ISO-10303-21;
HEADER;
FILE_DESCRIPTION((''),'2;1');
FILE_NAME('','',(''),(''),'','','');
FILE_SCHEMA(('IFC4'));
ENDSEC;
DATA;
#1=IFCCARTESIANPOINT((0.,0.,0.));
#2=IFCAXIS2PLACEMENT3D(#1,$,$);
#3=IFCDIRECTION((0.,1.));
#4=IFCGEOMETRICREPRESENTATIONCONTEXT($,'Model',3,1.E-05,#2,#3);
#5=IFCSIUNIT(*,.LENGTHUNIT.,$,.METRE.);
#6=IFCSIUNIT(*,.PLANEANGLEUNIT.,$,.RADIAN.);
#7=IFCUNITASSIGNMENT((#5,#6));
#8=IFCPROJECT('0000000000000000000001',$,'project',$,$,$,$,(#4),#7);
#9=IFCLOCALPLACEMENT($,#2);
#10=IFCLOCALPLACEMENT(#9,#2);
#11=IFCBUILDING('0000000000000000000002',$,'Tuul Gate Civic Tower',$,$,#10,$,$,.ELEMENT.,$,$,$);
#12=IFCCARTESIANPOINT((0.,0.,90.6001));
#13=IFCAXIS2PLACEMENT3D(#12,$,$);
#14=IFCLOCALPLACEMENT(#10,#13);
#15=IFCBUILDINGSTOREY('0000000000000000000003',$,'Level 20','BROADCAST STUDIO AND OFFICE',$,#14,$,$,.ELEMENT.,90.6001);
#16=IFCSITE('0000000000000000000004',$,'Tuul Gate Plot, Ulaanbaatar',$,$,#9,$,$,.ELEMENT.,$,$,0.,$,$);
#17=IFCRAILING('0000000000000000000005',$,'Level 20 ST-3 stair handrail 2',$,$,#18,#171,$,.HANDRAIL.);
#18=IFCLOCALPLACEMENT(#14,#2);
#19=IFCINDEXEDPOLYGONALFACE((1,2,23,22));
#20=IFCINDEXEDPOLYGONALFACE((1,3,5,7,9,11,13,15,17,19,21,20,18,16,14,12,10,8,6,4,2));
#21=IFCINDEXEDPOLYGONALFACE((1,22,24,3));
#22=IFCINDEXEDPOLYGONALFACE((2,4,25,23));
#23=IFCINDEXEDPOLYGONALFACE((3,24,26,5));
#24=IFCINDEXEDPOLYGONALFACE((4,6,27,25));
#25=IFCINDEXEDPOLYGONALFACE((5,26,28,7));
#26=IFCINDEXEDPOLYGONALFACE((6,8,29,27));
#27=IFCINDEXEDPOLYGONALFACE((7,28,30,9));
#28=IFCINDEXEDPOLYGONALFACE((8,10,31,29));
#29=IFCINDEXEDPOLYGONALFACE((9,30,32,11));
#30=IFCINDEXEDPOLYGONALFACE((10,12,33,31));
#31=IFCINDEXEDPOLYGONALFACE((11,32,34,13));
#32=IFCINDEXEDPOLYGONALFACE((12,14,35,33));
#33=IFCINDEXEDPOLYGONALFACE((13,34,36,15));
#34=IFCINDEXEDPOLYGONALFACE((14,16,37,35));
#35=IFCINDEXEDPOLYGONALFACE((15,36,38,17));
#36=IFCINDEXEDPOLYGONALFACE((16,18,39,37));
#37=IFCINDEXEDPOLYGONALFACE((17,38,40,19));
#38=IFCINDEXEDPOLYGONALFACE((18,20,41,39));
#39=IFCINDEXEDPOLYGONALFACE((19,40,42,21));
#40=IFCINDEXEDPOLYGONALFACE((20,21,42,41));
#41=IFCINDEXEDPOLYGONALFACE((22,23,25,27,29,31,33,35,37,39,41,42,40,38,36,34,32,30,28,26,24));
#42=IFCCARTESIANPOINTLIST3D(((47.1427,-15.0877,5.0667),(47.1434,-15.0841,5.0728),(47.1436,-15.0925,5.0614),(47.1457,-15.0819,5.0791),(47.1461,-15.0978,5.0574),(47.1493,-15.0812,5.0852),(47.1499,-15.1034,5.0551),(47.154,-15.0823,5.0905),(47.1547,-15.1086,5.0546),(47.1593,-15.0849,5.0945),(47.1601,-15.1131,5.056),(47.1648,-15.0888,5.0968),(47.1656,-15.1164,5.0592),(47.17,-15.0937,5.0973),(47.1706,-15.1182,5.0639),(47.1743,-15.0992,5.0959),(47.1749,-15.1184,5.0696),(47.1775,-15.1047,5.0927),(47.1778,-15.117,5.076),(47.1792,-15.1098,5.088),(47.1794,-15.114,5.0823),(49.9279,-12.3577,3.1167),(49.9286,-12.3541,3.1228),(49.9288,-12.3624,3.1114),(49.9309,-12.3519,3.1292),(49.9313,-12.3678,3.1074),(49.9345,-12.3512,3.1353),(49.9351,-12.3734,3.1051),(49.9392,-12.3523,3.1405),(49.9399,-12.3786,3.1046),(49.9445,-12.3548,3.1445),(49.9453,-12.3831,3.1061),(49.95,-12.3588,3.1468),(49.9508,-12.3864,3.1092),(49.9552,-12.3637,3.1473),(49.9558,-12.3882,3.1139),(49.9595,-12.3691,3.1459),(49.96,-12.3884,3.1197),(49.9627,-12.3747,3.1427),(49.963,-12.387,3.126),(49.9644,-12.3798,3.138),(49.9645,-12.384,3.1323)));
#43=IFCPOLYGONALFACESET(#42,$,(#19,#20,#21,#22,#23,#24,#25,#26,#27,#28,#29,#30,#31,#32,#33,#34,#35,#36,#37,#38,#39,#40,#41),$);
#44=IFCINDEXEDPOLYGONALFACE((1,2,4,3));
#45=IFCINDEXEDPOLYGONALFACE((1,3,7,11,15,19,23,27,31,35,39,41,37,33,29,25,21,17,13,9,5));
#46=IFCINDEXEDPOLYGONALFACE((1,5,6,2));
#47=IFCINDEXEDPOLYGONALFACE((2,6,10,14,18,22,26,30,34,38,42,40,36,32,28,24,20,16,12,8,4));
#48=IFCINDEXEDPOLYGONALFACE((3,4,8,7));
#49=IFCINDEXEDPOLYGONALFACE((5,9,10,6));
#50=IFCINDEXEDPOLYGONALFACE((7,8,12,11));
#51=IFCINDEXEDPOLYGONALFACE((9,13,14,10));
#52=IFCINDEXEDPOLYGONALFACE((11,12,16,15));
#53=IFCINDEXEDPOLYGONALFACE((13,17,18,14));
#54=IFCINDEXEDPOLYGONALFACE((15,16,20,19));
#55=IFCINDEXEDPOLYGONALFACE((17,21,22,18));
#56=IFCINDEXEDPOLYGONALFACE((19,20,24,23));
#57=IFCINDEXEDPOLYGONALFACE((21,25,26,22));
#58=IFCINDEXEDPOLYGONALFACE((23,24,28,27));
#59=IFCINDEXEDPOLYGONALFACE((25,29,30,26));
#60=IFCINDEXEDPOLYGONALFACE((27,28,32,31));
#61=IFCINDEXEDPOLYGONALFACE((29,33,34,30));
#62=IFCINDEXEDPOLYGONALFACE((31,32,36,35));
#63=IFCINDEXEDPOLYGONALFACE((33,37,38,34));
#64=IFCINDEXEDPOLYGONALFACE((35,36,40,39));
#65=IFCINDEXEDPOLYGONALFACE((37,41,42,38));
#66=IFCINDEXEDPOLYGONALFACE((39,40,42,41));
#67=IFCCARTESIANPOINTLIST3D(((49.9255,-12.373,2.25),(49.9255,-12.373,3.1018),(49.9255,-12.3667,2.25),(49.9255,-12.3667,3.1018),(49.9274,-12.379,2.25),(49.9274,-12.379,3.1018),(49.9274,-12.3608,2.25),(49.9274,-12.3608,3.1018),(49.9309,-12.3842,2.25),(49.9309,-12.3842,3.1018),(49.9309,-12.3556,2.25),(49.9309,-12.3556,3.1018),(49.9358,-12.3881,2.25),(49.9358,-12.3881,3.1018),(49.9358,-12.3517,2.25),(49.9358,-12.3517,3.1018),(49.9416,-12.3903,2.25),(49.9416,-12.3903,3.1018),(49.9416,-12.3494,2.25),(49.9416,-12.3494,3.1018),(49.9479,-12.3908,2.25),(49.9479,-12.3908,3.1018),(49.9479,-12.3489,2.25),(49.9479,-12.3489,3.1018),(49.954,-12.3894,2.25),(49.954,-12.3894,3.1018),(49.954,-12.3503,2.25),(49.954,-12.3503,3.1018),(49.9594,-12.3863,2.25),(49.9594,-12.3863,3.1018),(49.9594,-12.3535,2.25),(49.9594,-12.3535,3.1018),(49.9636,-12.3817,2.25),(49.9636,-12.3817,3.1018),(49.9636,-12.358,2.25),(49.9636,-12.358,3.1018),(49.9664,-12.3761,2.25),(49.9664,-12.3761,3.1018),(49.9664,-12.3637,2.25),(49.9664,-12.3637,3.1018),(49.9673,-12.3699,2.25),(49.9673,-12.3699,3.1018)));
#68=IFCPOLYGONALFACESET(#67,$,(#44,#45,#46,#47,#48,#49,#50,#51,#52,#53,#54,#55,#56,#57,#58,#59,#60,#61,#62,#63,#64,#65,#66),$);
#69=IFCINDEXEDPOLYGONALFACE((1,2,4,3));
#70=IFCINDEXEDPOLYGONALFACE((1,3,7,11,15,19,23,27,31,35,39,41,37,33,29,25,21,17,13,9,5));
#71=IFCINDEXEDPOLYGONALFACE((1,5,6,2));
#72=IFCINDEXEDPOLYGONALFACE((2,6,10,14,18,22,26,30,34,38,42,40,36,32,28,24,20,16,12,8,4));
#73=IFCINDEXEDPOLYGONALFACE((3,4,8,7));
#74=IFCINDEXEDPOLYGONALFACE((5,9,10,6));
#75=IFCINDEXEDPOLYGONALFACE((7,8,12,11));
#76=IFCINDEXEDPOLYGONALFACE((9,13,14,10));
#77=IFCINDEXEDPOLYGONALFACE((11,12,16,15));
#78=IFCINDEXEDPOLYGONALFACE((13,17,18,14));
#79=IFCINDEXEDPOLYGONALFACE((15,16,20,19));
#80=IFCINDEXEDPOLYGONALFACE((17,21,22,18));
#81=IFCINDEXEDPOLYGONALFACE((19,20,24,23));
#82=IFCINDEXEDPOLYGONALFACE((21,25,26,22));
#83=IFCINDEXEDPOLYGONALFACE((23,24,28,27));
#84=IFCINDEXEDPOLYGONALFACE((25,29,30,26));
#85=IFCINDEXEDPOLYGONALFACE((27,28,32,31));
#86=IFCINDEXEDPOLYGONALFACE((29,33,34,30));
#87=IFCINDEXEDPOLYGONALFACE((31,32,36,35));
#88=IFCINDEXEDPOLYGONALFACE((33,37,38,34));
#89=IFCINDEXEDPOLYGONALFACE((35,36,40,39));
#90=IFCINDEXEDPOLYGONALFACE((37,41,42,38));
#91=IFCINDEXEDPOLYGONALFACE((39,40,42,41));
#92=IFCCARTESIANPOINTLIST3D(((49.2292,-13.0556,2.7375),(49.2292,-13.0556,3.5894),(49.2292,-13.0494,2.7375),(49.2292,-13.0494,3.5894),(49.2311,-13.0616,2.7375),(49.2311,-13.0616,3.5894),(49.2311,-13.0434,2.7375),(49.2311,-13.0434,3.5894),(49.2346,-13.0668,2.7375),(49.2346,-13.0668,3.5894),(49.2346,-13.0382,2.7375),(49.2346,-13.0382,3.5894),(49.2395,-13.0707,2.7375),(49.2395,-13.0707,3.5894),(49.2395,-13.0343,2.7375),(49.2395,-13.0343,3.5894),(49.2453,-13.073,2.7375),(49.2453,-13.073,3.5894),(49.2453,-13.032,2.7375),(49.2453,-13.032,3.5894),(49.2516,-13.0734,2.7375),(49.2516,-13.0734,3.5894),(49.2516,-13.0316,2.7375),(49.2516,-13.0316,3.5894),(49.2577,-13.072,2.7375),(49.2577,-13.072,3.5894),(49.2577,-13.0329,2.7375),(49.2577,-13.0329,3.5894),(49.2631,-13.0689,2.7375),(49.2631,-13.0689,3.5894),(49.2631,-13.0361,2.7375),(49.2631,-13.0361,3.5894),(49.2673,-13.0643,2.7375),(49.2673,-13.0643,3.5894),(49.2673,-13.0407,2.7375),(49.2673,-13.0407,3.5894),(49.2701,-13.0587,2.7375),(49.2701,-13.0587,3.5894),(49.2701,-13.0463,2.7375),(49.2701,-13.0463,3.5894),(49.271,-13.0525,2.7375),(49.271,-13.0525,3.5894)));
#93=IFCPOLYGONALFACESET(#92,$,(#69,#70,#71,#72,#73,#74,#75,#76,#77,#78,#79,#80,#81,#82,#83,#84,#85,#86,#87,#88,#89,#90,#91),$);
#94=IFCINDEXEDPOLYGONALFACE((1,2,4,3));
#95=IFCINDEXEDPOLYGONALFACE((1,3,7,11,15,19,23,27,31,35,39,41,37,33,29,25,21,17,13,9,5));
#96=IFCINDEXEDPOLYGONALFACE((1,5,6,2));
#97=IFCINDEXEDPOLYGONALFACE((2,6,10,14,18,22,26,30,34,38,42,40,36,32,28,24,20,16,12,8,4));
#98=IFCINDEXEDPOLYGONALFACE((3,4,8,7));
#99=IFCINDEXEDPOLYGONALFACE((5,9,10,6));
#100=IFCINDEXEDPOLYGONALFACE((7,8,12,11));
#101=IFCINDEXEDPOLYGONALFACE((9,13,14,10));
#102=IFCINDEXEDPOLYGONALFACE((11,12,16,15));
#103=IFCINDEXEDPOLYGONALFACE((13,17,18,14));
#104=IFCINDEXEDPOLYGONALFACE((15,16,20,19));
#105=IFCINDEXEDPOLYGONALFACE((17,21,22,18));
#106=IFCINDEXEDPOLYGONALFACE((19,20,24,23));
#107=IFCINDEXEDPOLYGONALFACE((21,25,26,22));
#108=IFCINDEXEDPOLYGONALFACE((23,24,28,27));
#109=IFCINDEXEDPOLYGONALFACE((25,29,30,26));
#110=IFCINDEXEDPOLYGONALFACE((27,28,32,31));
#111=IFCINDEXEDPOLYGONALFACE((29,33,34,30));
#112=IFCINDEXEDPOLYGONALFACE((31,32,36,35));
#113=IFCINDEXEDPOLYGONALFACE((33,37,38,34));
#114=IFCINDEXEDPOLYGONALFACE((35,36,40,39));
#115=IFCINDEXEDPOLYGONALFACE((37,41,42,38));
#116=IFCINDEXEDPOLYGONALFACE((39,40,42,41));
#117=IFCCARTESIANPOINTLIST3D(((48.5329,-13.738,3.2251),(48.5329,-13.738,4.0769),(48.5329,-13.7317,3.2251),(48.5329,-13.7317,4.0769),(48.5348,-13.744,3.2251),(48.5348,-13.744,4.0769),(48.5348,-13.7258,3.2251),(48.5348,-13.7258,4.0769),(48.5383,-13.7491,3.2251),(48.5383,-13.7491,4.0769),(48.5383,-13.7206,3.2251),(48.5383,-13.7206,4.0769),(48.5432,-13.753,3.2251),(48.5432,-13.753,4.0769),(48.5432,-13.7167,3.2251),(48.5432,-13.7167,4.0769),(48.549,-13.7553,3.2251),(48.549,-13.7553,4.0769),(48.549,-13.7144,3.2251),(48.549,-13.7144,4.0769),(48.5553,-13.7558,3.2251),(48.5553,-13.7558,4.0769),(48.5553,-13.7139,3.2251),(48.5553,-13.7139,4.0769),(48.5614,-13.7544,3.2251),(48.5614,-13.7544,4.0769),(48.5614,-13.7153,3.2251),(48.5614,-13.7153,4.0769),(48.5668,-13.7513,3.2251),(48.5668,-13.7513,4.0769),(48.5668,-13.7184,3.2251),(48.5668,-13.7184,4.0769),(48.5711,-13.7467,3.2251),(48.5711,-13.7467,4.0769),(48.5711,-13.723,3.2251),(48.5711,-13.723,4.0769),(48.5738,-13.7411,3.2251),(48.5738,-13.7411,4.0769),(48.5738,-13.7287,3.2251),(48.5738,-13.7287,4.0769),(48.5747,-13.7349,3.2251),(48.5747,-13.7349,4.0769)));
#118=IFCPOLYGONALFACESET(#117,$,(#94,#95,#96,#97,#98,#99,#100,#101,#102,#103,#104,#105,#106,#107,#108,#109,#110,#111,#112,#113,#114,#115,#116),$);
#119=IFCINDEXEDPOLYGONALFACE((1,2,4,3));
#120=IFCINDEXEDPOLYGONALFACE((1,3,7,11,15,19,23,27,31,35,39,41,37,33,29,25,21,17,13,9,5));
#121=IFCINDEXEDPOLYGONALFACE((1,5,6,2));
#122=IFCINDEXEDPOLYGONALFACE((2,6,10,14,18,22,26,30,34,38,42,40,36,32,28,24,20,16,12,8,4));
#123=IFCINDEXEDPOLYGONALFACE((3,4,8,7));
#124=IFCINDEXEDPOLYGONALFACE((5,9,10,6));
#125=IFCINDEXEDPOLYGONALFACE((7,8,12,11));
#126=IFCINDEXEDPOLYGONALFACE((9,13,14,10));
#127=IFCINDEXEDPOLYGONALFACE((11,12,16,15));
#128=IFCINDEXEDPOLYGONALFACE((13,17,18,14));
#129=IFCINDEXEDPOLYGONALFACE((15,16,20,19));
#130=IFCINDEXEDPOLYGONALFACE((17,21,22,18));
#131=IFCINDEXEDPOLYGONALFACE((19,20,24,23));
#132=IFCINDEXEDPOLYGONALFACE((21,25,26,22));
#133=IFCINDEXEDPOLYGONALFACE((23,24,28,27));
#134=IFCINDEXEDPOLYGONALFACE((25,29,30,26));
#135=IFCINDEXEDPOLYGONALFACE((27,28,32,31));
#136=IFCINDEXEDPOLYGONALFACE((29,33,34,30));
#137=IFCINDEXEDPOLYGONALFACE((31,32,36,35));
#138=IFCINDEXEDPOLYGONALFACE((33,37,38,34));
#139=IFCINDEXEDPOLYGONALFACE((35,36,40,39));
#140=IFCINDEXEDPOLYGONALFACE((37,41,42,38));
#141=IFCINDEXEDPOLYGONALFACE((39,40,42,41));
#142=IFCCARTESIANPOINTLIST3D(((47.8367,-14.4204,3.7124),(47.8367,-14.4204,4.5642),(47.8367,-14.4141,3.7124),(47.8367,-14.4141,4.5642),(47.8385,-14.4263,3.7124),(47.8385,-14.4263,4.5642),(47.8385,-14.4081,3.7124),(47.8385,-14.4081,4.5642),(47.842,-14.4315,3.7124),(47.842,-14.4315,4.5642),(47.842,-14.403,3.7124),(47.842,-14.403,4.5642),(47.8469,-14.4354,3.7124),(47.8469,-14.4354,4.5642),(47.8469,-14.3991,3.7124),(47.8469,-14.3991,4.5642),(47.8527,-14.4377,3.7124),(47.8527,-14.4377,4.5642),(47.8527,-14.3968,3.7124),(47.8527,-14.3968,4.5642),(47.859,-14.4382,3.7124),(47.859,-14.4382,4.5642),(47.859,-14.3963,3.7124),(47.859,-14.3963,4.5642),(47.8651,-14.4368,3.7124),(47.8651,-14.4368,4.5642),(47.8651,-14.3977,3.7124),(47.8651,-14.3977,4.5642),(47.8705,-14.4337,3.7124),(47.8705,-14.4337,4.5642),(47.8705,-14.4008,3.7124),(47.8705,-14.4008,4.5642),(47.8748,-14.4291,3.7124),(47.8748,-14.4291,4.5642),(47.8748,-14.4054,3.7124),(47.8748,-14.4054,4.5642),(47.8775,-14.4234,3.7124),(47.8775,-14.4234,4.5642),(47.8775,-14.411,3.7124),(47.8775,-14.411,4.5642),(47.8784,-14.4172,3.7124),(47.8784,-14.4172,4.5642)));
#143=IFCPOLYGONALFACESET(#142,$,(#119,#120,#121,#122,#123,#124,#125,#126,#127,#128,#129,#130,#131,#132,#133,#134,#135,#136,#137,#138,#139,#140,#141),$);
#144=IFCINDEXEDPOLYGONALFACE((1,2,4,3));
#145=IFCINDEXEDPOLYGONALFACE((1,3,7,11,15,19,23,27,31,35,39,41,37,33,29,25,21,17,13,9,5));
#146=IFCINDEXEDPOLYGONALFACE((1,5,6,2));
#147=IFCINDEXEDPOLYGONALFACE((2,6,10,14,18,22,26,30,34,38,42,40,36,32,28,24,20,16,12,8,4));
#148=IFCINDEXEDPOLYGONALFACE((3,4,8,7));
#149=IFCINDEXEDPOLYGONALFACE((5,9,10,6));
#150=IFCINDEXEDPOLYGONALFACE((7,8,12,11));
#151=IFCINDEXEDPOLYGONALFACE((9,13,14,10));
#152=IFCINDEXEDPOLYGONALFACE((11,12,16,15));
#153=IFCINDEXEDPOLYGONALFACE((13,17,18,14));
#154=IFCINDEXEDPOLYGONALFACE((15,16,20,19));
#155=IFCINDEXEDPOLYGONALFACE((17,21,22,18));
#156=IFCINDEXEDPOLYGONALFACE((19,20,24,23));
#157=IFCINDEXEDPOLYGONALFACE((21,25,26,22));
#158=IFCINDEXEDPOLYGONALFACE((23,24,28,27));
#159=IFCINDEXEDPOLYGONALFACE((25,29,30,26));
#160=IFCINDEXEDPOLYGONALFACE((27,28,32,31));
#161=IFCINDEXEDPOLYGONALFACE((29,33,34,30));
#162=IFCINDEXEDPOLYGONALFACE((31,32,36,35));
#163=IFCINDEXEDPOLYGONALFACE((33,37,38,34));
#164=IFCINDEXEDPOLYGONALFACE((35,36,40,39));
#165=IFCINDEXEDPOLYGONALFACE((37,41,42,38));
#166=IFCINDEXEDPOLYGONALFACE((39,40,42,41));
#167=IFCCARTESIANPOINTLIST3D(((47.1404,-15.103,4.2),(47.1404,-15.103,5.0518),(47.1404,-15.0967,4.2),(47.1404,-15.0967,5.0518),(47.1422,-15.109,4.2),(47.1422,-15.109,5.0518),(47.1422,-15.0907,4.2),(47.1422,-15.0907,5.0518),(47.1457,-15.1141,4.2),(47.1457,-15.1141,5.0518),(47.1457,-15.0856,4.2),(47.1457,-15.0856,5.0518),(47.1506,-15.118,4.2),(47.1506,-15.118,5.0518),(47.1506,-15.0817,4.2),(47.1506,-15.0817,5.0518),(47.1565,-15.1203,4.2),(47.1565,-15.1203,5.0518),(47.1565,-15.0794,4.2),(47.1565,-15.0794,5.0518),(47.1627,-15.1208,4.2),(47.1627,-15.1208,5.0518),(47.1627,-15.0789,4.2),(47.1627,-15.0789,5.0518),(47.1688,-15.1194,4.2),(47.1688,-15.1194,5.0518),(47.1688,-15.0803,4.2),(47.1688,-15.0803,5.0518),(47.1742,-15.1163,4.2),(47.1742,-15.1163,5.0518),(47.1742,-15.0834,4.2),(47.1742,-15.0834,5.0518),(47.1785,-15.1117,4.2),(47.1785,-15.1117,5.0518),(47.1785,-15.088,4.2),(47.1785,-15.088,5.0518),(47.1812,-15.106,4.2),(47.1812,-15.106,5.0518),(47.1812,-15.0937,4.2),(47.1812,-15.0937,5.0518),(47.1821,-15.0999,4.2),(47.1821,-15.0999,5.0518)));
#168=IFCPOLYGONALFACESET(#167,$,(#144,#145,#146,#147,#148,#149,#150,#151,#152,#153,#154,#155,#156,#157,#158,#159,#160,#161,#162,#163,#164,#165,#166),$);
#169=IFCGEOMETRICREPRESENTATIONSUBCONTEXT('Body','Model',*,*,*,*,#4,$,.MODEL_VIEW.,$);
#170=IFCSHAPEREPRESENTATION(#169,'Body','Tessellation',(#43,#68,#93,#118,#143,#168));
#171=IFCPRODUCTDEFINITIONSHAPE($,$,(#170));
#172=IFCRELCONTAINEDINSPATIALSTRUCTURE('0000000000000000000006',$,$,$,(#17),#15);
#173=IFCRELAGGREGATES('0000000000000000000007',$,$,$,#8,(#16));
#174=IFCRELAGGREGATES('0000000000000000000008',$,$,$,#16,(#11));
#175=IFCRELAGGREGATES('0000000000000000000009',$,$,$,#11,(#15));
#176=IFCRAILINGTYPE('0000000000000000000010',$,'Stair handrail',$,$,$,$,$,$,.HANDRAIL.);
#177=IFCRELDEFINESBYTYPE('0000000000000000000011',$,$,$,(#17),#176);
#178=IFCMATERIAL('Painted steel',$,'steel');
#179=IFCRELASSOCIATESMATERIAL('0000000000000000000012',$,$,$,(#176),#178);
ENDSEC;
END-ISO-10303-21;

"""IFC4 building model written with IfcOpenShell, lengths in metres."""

from ifc_helpers import new_model, si_unit, direction, frame, origin, origin_2d, place, context, subcontext, project, spatial, circle, extrude, material, type_object, element, save


model = new_model("IFC4")

# Units and contexts
model_context = context("Model", 3, precision=1e-05, world=origin(), true_north=direction((0.0, 1.0)))
body_context = subcontext(model_context, "Body", "Model", "MODEL_VIEW")
ifc_project = project(units=[si_unit("LENGTHUNIT", "METRE"), si_unit("PLANEANGLEUNIT", "RADIAN")], contexts=[model_context])

# Site, building, storey
site_placement = place(None, origin())
site = spatial("IfcSite", under=ifc_project, at=site_placement, Name="Tuul Gate Plot, Ulaanbaatar", CompositionType="ELEMENT", RefElevation=0.0)
building_placement = place(site_placement, origin())
building = spatial("IfcBuilding", under=site, at=building_placement, Name="Tuul Gate Civic Tower", CompositionType="ELEMENT")
storey_placement = place(building_placement, frame((0.0, 0.0, 90.6001)))
storey = spatial("IfcBuildingStorey", under=building, at=storey_placement, Name="Level 20", Description="BROADCAST STUDIO AND OFFICE", CompositionType="ELEMENT", Elevation=90.6001)

# Railing
ifc_material_1 = material(Name="Painted steel", Category="steel")
railing_type = type_object("IfcRailingType", Name="Stair handrail", PredefinedType="HANDRAIL", material=ifc_material_1)
railing_placement = place(storey_placement, frame((49.9463, -12.3699, 2.25)))
element("IfcRailing", 1, at=railing_placement, inside=storey, type_object=railing_type, Name="Level 20 ST-3 stair handrail 2", PredefinedType="HANDRAIL", context=body_context, shape_type="SweptSolid", body=[
    extrude(circle(Radius=0.0239, at=origin_2d()), frame((0.0, 0.0, 0.876), z_axis=(-0.638754, -0.6261, 0.447206), x_axis=(0.699998, -0.714145, 0.0)), (0.0, 0.0, 1.0), 4.3604),
    extrude(circle(Radius=0.021, at=origin_2d()), origin(), (0.0, 0.0, 1.0), 0.8518),
    extrude(circle(Radius=0.021, at=origin_2d()), frame((-0.6963, -0.6826, 0.4875)), (0.0, 0.0, 1.0), 0.8518),
    extrude(circle(Radius=0.021, at=origin_2d()), frame((-1.3926, -1.365, 0.9751)), (0.0, 0.0, 1.0), 0.8518),
    extrude(circle(Radius=0.021, at=origin_2d()), frame((-2.0889, -2.0474, 1.4624)), (0.0, 0.0, 1.0), 0.8518),
    extrude(circle(Radius=0.021, at=origin_2d()), frame((-2.7852, -2.73, 1.95)), (0.0, 0.0, 1.0), 0.8518),
])

save(model, "model.ifc")
